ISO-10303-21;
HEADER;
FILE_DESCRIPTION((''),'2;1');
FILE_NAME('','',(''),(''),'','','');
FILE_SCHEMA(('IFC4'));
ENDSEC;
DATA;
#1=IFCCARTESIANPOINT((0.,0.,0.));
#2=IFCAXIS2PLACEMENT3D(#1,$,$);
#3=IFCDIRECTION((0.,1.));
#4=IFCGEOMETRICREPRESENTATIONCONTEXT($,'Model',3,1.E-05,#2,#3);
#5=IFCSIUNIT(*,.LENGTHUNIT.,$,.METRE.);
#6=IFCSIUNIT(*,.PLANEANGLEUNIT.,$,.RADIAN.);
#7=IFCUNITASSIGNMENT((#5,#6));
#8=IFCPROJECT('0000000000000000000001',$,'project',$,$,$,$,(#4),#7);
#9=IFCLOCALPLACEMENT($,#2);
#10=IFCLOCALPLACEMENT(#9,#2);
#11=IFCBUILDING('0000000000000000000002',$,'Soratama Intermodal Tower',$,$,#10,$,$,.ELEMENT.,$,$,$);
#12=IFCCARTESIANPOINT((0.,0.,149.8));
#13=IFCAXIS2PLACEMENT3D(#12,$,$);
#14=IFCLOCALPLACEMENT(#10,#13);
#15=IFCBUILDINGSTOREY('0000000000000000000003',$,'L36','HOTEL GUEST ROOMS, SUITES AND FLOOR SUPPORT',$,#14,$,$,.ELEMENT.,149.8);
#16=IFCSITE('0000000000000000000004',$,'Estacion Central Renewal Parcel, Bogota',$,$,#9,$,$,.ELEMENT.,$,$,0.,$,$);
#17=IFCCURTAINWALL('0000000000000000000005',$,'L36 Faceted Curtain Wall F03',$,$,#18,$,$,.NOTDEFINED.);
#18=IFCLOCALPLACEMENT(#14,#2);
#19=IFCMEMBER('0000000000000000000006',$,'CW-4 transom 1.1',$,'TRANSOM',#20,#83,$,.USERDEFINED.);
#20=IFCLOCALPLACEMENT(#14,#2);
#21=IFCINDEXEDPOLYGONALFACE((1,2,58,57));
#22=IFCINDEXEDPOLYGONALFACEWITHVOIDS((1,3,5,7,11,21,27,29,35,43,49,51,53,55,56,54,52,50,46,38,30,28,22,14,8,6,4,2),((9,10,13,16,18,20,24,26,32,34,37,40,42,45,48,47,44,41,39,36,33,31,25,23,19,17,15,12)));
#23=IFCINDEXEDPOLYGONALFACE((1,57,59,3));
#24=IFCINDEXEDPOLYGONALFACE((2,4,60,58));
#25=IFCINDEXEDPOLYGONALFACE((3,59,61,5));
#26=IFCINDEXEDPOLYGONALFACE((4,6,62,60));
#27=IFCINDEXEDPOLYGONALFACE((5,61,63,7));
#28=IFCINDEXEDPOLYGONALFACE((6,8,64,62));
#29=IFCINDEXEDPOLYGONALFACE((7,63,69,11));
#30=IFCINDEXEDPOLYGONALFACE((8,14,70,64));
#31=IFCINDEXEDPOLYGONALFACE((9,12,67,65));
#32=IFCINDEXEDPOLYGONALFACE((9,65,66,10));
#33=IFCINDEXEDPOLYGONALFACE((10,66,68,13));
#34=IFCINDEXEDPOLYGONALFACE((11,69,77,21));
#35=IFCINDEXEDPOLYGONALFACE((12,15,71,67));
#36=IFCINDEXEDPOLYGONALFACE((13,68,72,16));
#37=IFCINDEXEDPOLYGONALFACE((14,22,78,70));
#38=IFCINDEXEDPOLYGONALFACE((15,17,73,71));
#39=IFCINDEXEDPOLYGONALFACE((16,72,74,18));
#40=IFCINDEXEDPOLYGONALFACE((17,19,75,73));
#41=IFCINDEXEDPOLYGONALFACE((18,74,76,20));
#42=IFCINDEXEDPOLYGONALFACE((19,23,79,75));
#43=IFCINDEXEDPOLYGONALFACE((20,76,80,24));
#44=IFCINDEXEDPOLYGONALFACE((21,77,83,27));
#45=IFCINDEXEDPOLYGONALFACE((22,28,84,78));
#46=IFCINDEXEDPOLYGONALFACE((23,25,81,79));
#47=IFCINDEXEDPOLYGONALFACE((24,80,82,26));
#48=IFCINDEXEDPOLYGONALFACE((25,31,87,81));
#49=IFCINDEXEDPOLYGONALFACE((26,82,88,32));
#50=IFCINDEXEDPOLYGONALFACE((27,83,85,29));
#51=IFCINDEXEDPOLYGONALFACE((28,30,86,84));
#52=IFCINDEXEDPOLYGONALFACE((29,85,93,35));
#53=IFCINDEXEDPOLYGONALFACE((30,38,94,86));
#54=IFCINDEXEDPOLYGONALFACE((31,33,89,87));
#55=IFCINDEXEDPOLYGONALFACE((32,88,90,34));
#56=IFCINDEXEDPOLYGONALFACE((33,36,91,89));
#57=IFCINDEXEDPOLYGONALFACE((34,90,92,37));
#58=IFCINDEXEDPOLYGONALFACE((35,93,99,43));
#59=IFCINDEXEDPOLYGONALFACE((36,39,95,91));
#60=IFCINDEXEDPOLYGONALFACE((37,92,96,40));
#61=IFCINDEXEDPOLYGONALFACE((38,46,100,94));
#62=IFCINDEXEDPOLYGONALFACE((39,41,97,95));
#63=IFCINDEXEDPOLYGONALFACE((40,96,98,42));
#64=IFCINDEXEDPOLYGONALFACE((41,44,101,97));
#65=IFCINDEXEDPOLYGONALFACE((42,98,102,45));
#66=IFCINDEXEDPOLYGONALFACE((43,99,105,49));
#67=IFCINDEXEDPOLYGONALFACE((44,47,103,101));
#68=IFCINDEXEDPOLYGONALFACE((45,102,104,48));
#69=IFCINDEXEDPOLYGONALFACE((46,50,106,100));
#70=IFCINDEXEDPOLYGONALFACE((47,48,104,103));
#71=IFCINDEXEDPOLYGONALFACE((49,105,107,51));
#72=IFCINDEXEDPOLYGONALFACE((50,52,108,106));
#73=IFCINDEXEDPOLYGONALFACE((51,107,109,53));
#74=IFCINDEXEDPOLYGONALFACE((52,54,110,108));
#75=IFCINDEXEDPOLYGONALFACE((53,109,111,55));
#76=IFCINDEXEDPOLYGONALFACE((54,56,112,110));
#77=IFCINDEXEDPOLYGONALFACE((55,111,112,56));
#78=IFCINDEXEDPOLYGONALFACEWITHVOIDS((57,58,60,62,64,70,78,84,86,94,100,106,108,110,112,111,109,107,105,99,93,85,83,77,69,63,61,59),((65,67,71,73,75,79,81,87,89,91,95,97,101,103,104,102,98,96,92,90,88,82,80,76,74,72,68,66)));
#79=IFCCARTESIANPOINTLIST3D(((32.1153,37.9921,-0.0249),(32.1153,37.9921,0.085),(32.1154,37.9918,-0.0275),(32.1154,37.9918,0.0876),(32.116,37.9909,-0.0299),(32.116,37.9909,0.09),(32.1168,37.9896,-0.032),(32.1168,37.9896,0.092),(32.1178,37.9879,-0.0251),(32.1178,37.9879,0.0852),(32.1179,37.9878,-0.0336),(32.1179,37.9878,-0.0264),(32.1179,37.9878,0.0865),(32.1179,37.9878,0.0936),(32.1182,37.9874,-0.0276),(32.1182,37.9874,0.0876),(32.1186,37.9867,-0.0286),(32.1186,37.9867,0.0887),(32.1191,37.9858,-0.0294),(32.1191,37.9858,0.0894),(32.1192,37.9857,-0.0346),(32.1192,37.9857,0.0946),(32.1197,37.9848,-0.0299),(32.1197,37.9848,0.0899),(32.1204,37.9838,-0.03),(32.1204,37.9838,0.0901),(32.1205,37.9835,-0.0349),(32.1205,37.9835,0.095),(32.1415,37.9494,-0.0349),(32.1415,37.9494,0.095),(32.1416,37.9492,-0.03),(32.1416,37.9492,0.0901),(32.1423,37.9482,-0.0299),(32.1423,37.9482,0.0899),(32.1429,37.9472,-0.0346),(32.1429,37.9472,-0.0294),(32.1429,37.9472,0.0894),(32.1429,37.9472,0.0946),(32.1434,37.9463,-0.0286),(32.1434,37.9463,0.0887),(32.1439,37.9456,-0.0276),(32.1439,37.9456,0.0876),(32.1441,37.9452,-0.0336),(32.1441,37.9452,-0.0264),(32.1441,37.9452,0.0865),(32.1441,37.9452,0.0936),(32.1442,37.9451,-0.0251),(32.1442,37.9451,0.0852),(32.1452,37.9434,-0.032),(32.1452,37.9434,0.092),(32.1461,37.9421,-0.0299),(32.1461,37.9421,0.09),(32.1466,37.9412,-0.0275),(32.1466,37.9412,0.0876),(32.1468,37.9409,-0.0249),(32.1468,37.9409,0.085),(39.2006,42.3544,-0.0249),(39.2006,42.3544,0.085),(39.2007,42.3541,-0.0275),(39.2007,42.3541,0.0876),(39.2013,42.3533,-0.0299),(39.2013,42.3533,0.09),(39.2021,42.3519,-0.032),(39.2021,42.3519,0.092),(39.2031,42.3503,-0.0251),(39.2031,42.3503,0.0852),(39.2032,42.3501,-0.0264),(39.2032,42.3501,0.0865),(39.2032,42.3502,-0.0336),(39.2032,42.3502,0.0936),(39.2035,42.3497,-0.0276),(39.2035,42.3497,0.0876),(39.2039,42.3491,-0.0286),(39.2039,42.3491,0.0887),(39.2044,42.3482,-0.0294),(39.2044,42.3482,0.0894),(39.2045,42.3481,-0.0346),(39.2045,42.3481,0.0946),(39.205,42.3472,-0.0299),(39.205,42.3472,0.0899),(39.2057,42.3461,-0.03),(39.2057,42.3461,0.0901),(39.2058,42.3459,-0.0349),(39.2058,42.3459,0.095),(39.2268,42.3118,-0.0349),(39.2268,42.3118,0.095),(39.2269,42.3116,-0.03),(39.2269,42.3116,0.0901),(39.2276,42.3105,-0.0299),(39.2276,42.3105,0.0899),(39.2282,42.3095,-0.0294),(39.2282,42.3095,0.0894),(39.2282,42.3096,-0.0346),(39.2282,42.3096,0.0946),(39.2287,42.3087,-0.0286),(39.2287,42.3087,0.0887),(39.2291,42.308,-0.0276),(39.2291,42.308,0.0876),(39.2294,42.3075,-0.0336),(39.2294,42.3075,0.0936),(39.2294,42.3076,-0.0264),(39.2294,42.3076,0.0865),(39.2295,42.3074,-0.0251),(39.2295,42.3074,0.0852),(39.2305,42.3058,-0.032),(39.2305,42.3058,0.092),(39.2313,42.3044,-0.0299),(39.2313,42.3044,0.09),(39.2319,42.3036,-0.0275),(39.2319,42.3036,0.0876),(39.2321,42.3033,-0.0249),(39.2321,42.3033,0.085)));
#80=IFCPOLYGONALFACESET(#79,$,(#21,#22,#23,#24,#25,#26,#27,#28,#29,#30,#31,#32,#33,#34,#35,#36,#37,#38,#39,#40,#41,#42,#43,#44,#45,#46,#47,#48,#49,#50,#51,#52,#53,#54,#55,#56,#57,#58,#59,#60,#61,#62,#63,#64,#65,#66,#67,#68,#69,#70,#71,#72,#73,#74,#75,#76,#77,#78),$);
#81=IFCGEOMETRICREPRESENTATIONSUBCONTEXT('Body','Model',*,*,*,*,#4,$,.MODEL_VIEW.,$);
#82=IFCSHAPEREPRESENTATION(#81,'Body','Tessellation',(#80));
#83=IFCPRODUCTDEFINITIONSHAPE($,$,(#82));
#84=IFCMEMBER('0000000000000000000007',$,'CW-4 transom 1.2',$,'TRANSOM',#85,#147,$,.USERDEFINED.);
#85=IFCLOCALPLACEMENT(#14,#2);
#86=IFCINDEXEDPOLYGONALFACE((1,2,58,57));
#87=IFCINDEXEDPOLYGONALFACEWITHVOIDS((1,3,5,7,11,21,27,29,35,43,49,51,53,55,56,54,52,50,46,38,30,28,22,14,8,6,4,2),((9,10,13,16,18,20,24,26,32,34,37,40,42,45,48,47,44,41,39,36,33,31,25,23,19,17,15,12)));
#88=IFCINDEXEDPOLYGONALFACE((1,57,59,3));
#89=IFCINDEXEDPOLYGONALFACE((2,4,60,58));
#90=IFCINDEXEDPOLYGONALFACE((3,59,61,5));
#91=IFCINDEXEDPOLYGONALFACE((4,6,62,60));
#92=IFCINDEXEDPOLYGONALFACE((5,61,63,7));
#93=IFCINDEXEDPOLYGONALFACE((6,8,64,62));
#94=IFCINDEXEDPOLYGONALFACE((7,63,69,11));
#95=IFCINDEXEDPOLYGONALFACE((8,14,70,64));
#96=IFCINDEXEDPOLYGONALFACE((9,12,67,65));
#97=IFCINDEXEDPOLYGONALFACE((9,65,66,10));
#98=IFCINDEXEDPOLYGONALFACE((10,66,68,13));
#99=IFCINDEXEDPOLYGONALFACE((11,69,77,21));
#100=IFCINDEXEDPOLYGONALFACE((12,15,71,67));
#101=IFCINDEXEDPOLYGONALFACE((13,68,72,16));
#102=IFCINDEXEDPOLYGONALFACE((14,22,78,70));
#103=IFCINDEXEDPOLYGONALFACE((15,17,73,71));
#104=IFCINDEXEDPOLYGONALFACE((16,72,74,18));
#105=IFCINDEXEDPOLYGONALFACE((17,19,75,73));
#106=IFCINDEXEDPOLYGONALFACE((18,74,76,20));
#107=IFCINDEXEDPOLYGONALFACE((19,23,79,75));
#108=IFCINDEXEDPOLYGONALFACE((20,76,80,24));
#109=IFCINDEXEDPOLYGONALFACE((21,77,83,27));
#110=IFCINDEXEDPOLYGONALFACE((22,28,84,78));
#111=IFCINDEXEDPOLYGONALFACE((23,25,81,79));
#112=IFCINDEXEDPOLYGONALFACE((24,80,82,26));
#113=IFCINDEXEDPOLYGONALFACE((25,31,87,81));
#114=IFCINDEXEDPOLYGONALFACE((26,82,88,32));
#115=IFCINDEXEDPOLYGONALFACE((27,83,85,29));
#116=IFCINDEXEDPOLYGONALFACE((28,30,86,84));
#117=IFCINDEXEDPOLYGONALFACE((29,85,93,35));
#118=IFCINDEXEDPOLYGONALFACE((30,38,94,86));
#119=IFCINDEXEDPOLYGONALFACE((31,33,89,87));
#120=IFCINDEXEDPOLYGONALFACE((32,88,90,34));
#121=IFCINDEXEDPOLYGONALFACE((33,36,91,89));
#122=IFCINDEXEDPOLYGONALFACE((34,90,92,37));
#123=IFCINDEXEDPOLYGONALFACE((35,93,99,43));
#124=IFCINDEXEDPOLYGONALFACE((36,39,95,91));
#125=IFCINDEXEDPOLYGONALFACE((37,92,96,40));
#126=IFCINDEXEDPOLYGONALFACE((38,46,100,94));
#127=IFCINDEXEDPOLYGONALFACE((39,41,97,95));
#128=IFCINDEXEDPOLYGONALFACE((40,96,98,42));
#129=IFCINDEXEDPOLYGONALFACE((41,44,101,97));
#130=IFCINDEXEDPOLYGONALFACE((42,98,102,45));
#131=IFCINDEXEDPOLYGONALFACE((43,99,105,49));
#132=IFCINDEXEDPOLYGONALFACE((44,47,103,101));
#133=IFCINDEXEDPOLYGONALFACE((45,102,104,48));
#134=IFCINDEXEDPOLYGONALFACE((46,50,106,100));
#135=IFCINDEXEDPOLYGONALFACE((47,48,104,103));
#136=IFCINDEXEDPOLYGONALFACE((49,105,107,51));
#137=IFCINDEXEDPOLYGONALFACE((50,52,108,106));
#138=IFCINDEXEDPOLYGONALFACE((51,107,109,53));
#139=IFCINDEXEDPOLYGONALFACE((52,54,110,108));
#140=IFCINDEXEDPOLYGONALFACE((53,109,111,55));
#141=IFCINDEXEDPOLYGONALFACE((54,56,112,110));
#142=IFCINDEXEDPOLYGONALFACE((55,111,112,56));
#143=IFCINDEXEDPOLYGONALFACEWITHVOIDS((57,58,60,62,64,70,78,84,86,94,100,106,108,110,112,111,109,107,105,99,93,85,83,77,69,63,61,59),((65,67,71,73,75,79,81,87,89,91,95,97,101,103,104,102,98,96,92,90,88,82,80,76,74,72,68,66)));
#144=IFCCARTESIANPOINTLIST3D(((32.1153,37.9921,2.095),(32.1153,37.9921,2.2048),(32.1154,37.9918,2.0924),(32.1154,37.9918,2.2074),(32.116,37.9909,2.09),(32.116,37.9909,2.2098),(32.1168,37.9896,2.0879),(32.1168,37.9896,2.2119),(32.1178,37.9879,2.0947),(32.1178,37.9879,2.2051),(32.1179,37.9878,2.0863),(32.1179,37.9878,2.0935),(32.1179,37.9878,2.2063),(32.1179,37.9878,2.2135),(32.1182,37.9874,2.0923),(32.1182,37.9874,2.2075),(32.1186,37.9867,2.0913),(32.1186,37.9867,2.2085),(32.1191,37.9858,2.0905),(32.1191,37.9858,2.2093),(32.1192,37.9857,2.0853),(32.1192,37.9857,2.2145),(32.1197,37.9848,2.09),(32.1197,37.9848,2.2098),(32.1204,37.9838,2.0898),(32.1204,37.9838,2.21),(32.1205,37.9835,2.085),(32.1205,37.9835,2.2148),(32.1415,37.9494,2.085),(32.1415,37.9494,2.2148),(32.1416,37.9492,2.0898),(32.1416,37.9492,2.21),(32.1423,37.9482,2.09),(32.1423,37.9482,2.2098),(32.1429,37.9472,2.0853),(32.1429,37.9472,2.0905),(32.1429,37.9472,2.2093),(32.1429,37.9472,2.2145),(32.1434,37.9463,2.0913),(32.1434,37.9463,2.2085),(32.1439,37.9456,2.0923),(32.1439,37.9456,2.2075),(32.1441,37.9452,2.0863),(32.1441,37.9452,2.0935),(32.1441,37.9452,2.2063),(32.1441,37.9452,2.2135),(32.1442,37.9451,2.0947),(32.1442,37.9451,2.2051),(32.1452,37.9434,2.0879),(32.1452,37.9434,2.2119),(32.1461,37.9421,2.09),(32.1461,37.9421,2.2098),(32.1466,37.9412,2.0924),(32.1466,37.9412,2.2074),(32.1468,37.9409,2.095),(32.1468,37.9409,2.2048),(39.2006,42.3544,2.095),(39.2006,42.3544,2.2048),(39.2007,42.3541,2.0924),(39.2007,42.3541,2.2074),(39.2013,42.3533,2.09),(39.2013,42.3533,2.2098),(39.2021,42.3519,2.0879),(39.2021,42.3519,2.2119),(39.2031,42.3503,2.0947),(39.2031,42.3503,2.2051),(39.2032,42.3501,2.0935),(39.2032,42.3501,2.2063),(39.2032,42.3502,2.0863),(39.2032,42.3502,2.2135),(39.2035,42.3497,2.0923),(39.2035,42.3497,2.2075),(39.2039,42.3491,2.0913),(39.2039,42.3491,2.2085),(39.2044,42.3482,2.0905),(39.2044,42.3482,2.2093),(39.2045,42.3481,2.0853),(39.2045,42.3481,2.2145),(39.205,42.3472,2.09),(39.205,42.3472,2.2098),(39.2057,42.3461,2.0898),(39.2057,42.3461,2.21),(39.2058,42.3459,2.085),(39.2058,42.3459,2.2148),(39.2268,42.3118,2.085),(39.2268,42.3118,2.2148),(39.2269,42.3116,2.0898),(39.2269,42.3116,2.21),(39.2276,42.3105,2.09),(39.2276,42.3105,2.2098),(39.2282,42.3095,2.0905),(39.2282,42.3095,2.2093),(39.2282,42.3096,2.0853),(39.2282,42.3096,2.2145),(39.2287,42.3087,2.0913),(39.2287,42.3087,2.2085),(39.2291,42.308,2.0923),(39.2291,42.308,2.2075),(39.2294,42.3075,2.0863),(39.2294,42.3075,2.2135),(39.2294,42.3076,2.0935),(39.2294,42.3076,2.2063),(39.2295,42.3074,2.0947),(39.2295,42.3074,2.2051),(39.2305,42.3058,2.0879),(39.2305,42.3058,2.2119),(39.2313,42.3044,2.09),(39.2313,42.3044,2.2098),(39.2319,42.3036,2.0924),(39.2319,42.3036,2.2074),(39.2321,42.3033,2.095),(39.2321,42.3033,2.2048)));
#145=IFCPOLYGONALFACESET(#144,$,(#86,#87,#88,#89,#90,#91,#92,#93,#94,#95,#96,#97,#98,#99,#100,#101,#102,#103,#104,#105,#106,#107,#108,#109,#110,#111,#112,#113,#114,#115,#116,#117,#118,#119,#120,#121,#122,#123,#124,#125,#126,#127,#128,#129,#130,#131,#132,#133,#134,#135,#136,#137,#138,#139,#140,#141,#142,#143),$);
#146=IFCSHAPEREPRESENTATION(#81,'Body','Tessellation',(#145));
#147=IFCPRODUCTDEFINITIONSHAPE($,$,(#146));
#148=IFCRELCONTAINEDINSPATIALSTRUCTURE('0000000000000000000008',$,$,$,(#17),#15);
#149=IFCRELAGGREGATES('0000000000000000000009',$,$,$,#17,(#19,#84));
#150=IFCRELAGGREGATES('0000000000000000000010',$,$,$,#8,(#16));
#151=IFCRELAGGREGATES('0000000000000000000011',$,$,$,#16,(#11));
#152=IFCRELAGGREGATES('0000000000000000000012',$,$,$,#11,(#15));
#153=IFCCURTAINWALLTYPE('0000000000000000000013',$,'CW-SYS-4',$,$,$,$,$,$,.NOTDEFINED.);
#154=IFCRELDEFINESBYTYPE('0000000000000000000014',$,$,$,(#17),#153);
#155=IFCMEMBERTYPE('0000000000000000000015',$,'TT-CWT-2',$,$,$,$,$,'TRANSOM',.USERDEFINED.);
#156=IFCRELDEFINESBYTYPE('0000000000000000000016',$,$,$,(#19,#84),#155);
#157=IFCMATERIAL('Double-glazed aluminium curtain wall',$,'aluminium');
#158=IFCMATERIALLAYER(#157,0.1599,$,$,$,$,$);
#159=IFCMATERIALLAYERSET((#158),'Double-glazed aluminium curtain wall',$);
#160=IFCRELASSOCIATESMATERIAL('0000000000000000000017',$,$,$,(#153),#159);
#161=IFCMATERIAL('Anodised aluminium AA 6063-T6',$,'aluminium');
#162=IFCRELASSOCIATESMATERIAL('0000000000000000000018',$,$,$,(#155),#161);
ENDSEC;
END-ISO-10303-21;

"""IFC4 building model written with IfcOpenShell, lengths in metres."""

from ifc_helpers import new_model, si_unit, direction, frame, origin, origin_2d, place, context, subcontext, project, spatial, hollow_rectangle, extrude, material, layer, layer_set, material_profile, profile_set, type_object, element, aggregate, save


model = new_model("IFC4")

# Units and contexts
model_context = context("Model", 3, precision=1e-05, world=origin(), true_north=direction((0.0, 1.0)))
body_context = subcontext(model_context, "Body", "Model", "MODEL_VIEW")
ifc_project = project(units=[si_unit("LENGTHUNIT", "METRE"), si_unit("PLANEANGLEUNIT", "RADIAN")], contexts=[model_context])

# Site, building, storey
site_placement = place(None, origin())
site = spatial("IfcSite", under=ifc_project, at=site_placement, Name="Estacion Central Renewal Parcel, Bogota", CompositionType="ELEMENT", RefElevation=0.0)
building_placement = place(site_placement, origin())
building = spatial("IfcBuilding", under=site, at=building_placement, Name="Soratama Intermodal Tower", CompositionType="ELEMENT")
storey_placement = place(building_placement, frame((0.0, 0.0, 149.8)))
storey = spatial("IfcBuildingStorey", under=building, at=storey_placement, Name="L36", Description="HOTEL GUEST ROOMS, SUITES AND FLOOR SUPPORT", CompositionType="ELEMENT", Elevation=149.8)

# Curtain wall
ifc_material_1 = material(Name="Double-glazed aluminium curtain wall", Category="aluminium")
ifc_layer_1 = layer(ifc_material_1, 0.1599)
ifc_layer_set_1 = layer_set([ifc_layer_1], Name="Double-glazed aluminium curtain wall")
curtain_wall_type = type_object("IfcCurtainWallType", Name="CW-SYS-4", PredefinedType="NOTDEFINED", material=ifc_layer_set_1)
curtain_wall_1_placement = place(storey_placement, origin())
curtain_wall_1 = element("IfcCurtainWall", 1, at=curtain_wall_1_placement, inside=storey, type_object=curtain_wall_type, Name="L36 Faceted Curtain Wall F03", PredefinedType="NOTDEFINED")

# Members
ifc_material_2 = material(Name="Anodised aluminium AA 6063-T6", Category="aluminium")
ifc_material_profile_1 = material_profile(ifc_material_2, hollow_rectangle(XDim=0.0601, YDim=0.1299, WallThickness=0.0049, InnerFilletRadius=0.0049, OuterFilletRadius=0.01, at=origin_2d()), Name="CWT130X60X5")
ifc_profile_set_1 = profile_set([ifc_material_profile_1], Name="Anodised aluminium AA 6063-T6")
member_type_1 = type_object("IfcMemberType", Name="TT-CWT-2", ElementType="TRANSOM", PredefinedType="USERDEFINED", material=ifc_profile_set_1)
member_1_placement = place(storey_placement, frame((39.2163, 42.3289, 0.03), z_axis=(-0.851541, -0.524287, 0.0), x_axis=(0.524287, -0.851541, 0.0)))
member_1 = element("IfcMember", 2, at=member_1_placement, type_object=member_type_1, Name="CW-4 transom 1.1", ObjectType="TRANSOM", PredefinedType="USERDEFINED", context=body_context, shape_type="SweptSolid", body=[
    extrude(hollow_rectangle(XDim=0.0601, YDim=0.1299, WallThickness=0.0049, InnerFilletRadius=0.0049, OuterFilletRadius=0.01, at=origin_2d()), origin(), (0.0, 0.0, 1.0), 8.3206),
])
member_2_placement = place(storey_placement, frame((39.2163, 42.3289, 2.1499), z_axis=(-0.851541, -0.524287, 0.0), x_axis=(0.524287, -0.851541, 0.0)))
member_2 = element("IfcMember", 3, at=member_2_placement, type_object=member_type_1, Name="CW-4 transom 1.2", ObjectType="TRANSOM", PredefinedType="USERDEFINED", context=body_context, shape_type="SweptSolid", body=[
    extrude(hollow_rectangle(XDim=0.0601, YDim=0.1299, WallThickness=0.0049, InnerFilletRadius=0.0049, OuterFilletRadius=0.01, at=origin_2d()), origin(), (0.0, 0.0, 1.0), 8.3206),
])

aggregate(curtain_wall_1, [member_1, member_2])

save(model, "model.ifc")
